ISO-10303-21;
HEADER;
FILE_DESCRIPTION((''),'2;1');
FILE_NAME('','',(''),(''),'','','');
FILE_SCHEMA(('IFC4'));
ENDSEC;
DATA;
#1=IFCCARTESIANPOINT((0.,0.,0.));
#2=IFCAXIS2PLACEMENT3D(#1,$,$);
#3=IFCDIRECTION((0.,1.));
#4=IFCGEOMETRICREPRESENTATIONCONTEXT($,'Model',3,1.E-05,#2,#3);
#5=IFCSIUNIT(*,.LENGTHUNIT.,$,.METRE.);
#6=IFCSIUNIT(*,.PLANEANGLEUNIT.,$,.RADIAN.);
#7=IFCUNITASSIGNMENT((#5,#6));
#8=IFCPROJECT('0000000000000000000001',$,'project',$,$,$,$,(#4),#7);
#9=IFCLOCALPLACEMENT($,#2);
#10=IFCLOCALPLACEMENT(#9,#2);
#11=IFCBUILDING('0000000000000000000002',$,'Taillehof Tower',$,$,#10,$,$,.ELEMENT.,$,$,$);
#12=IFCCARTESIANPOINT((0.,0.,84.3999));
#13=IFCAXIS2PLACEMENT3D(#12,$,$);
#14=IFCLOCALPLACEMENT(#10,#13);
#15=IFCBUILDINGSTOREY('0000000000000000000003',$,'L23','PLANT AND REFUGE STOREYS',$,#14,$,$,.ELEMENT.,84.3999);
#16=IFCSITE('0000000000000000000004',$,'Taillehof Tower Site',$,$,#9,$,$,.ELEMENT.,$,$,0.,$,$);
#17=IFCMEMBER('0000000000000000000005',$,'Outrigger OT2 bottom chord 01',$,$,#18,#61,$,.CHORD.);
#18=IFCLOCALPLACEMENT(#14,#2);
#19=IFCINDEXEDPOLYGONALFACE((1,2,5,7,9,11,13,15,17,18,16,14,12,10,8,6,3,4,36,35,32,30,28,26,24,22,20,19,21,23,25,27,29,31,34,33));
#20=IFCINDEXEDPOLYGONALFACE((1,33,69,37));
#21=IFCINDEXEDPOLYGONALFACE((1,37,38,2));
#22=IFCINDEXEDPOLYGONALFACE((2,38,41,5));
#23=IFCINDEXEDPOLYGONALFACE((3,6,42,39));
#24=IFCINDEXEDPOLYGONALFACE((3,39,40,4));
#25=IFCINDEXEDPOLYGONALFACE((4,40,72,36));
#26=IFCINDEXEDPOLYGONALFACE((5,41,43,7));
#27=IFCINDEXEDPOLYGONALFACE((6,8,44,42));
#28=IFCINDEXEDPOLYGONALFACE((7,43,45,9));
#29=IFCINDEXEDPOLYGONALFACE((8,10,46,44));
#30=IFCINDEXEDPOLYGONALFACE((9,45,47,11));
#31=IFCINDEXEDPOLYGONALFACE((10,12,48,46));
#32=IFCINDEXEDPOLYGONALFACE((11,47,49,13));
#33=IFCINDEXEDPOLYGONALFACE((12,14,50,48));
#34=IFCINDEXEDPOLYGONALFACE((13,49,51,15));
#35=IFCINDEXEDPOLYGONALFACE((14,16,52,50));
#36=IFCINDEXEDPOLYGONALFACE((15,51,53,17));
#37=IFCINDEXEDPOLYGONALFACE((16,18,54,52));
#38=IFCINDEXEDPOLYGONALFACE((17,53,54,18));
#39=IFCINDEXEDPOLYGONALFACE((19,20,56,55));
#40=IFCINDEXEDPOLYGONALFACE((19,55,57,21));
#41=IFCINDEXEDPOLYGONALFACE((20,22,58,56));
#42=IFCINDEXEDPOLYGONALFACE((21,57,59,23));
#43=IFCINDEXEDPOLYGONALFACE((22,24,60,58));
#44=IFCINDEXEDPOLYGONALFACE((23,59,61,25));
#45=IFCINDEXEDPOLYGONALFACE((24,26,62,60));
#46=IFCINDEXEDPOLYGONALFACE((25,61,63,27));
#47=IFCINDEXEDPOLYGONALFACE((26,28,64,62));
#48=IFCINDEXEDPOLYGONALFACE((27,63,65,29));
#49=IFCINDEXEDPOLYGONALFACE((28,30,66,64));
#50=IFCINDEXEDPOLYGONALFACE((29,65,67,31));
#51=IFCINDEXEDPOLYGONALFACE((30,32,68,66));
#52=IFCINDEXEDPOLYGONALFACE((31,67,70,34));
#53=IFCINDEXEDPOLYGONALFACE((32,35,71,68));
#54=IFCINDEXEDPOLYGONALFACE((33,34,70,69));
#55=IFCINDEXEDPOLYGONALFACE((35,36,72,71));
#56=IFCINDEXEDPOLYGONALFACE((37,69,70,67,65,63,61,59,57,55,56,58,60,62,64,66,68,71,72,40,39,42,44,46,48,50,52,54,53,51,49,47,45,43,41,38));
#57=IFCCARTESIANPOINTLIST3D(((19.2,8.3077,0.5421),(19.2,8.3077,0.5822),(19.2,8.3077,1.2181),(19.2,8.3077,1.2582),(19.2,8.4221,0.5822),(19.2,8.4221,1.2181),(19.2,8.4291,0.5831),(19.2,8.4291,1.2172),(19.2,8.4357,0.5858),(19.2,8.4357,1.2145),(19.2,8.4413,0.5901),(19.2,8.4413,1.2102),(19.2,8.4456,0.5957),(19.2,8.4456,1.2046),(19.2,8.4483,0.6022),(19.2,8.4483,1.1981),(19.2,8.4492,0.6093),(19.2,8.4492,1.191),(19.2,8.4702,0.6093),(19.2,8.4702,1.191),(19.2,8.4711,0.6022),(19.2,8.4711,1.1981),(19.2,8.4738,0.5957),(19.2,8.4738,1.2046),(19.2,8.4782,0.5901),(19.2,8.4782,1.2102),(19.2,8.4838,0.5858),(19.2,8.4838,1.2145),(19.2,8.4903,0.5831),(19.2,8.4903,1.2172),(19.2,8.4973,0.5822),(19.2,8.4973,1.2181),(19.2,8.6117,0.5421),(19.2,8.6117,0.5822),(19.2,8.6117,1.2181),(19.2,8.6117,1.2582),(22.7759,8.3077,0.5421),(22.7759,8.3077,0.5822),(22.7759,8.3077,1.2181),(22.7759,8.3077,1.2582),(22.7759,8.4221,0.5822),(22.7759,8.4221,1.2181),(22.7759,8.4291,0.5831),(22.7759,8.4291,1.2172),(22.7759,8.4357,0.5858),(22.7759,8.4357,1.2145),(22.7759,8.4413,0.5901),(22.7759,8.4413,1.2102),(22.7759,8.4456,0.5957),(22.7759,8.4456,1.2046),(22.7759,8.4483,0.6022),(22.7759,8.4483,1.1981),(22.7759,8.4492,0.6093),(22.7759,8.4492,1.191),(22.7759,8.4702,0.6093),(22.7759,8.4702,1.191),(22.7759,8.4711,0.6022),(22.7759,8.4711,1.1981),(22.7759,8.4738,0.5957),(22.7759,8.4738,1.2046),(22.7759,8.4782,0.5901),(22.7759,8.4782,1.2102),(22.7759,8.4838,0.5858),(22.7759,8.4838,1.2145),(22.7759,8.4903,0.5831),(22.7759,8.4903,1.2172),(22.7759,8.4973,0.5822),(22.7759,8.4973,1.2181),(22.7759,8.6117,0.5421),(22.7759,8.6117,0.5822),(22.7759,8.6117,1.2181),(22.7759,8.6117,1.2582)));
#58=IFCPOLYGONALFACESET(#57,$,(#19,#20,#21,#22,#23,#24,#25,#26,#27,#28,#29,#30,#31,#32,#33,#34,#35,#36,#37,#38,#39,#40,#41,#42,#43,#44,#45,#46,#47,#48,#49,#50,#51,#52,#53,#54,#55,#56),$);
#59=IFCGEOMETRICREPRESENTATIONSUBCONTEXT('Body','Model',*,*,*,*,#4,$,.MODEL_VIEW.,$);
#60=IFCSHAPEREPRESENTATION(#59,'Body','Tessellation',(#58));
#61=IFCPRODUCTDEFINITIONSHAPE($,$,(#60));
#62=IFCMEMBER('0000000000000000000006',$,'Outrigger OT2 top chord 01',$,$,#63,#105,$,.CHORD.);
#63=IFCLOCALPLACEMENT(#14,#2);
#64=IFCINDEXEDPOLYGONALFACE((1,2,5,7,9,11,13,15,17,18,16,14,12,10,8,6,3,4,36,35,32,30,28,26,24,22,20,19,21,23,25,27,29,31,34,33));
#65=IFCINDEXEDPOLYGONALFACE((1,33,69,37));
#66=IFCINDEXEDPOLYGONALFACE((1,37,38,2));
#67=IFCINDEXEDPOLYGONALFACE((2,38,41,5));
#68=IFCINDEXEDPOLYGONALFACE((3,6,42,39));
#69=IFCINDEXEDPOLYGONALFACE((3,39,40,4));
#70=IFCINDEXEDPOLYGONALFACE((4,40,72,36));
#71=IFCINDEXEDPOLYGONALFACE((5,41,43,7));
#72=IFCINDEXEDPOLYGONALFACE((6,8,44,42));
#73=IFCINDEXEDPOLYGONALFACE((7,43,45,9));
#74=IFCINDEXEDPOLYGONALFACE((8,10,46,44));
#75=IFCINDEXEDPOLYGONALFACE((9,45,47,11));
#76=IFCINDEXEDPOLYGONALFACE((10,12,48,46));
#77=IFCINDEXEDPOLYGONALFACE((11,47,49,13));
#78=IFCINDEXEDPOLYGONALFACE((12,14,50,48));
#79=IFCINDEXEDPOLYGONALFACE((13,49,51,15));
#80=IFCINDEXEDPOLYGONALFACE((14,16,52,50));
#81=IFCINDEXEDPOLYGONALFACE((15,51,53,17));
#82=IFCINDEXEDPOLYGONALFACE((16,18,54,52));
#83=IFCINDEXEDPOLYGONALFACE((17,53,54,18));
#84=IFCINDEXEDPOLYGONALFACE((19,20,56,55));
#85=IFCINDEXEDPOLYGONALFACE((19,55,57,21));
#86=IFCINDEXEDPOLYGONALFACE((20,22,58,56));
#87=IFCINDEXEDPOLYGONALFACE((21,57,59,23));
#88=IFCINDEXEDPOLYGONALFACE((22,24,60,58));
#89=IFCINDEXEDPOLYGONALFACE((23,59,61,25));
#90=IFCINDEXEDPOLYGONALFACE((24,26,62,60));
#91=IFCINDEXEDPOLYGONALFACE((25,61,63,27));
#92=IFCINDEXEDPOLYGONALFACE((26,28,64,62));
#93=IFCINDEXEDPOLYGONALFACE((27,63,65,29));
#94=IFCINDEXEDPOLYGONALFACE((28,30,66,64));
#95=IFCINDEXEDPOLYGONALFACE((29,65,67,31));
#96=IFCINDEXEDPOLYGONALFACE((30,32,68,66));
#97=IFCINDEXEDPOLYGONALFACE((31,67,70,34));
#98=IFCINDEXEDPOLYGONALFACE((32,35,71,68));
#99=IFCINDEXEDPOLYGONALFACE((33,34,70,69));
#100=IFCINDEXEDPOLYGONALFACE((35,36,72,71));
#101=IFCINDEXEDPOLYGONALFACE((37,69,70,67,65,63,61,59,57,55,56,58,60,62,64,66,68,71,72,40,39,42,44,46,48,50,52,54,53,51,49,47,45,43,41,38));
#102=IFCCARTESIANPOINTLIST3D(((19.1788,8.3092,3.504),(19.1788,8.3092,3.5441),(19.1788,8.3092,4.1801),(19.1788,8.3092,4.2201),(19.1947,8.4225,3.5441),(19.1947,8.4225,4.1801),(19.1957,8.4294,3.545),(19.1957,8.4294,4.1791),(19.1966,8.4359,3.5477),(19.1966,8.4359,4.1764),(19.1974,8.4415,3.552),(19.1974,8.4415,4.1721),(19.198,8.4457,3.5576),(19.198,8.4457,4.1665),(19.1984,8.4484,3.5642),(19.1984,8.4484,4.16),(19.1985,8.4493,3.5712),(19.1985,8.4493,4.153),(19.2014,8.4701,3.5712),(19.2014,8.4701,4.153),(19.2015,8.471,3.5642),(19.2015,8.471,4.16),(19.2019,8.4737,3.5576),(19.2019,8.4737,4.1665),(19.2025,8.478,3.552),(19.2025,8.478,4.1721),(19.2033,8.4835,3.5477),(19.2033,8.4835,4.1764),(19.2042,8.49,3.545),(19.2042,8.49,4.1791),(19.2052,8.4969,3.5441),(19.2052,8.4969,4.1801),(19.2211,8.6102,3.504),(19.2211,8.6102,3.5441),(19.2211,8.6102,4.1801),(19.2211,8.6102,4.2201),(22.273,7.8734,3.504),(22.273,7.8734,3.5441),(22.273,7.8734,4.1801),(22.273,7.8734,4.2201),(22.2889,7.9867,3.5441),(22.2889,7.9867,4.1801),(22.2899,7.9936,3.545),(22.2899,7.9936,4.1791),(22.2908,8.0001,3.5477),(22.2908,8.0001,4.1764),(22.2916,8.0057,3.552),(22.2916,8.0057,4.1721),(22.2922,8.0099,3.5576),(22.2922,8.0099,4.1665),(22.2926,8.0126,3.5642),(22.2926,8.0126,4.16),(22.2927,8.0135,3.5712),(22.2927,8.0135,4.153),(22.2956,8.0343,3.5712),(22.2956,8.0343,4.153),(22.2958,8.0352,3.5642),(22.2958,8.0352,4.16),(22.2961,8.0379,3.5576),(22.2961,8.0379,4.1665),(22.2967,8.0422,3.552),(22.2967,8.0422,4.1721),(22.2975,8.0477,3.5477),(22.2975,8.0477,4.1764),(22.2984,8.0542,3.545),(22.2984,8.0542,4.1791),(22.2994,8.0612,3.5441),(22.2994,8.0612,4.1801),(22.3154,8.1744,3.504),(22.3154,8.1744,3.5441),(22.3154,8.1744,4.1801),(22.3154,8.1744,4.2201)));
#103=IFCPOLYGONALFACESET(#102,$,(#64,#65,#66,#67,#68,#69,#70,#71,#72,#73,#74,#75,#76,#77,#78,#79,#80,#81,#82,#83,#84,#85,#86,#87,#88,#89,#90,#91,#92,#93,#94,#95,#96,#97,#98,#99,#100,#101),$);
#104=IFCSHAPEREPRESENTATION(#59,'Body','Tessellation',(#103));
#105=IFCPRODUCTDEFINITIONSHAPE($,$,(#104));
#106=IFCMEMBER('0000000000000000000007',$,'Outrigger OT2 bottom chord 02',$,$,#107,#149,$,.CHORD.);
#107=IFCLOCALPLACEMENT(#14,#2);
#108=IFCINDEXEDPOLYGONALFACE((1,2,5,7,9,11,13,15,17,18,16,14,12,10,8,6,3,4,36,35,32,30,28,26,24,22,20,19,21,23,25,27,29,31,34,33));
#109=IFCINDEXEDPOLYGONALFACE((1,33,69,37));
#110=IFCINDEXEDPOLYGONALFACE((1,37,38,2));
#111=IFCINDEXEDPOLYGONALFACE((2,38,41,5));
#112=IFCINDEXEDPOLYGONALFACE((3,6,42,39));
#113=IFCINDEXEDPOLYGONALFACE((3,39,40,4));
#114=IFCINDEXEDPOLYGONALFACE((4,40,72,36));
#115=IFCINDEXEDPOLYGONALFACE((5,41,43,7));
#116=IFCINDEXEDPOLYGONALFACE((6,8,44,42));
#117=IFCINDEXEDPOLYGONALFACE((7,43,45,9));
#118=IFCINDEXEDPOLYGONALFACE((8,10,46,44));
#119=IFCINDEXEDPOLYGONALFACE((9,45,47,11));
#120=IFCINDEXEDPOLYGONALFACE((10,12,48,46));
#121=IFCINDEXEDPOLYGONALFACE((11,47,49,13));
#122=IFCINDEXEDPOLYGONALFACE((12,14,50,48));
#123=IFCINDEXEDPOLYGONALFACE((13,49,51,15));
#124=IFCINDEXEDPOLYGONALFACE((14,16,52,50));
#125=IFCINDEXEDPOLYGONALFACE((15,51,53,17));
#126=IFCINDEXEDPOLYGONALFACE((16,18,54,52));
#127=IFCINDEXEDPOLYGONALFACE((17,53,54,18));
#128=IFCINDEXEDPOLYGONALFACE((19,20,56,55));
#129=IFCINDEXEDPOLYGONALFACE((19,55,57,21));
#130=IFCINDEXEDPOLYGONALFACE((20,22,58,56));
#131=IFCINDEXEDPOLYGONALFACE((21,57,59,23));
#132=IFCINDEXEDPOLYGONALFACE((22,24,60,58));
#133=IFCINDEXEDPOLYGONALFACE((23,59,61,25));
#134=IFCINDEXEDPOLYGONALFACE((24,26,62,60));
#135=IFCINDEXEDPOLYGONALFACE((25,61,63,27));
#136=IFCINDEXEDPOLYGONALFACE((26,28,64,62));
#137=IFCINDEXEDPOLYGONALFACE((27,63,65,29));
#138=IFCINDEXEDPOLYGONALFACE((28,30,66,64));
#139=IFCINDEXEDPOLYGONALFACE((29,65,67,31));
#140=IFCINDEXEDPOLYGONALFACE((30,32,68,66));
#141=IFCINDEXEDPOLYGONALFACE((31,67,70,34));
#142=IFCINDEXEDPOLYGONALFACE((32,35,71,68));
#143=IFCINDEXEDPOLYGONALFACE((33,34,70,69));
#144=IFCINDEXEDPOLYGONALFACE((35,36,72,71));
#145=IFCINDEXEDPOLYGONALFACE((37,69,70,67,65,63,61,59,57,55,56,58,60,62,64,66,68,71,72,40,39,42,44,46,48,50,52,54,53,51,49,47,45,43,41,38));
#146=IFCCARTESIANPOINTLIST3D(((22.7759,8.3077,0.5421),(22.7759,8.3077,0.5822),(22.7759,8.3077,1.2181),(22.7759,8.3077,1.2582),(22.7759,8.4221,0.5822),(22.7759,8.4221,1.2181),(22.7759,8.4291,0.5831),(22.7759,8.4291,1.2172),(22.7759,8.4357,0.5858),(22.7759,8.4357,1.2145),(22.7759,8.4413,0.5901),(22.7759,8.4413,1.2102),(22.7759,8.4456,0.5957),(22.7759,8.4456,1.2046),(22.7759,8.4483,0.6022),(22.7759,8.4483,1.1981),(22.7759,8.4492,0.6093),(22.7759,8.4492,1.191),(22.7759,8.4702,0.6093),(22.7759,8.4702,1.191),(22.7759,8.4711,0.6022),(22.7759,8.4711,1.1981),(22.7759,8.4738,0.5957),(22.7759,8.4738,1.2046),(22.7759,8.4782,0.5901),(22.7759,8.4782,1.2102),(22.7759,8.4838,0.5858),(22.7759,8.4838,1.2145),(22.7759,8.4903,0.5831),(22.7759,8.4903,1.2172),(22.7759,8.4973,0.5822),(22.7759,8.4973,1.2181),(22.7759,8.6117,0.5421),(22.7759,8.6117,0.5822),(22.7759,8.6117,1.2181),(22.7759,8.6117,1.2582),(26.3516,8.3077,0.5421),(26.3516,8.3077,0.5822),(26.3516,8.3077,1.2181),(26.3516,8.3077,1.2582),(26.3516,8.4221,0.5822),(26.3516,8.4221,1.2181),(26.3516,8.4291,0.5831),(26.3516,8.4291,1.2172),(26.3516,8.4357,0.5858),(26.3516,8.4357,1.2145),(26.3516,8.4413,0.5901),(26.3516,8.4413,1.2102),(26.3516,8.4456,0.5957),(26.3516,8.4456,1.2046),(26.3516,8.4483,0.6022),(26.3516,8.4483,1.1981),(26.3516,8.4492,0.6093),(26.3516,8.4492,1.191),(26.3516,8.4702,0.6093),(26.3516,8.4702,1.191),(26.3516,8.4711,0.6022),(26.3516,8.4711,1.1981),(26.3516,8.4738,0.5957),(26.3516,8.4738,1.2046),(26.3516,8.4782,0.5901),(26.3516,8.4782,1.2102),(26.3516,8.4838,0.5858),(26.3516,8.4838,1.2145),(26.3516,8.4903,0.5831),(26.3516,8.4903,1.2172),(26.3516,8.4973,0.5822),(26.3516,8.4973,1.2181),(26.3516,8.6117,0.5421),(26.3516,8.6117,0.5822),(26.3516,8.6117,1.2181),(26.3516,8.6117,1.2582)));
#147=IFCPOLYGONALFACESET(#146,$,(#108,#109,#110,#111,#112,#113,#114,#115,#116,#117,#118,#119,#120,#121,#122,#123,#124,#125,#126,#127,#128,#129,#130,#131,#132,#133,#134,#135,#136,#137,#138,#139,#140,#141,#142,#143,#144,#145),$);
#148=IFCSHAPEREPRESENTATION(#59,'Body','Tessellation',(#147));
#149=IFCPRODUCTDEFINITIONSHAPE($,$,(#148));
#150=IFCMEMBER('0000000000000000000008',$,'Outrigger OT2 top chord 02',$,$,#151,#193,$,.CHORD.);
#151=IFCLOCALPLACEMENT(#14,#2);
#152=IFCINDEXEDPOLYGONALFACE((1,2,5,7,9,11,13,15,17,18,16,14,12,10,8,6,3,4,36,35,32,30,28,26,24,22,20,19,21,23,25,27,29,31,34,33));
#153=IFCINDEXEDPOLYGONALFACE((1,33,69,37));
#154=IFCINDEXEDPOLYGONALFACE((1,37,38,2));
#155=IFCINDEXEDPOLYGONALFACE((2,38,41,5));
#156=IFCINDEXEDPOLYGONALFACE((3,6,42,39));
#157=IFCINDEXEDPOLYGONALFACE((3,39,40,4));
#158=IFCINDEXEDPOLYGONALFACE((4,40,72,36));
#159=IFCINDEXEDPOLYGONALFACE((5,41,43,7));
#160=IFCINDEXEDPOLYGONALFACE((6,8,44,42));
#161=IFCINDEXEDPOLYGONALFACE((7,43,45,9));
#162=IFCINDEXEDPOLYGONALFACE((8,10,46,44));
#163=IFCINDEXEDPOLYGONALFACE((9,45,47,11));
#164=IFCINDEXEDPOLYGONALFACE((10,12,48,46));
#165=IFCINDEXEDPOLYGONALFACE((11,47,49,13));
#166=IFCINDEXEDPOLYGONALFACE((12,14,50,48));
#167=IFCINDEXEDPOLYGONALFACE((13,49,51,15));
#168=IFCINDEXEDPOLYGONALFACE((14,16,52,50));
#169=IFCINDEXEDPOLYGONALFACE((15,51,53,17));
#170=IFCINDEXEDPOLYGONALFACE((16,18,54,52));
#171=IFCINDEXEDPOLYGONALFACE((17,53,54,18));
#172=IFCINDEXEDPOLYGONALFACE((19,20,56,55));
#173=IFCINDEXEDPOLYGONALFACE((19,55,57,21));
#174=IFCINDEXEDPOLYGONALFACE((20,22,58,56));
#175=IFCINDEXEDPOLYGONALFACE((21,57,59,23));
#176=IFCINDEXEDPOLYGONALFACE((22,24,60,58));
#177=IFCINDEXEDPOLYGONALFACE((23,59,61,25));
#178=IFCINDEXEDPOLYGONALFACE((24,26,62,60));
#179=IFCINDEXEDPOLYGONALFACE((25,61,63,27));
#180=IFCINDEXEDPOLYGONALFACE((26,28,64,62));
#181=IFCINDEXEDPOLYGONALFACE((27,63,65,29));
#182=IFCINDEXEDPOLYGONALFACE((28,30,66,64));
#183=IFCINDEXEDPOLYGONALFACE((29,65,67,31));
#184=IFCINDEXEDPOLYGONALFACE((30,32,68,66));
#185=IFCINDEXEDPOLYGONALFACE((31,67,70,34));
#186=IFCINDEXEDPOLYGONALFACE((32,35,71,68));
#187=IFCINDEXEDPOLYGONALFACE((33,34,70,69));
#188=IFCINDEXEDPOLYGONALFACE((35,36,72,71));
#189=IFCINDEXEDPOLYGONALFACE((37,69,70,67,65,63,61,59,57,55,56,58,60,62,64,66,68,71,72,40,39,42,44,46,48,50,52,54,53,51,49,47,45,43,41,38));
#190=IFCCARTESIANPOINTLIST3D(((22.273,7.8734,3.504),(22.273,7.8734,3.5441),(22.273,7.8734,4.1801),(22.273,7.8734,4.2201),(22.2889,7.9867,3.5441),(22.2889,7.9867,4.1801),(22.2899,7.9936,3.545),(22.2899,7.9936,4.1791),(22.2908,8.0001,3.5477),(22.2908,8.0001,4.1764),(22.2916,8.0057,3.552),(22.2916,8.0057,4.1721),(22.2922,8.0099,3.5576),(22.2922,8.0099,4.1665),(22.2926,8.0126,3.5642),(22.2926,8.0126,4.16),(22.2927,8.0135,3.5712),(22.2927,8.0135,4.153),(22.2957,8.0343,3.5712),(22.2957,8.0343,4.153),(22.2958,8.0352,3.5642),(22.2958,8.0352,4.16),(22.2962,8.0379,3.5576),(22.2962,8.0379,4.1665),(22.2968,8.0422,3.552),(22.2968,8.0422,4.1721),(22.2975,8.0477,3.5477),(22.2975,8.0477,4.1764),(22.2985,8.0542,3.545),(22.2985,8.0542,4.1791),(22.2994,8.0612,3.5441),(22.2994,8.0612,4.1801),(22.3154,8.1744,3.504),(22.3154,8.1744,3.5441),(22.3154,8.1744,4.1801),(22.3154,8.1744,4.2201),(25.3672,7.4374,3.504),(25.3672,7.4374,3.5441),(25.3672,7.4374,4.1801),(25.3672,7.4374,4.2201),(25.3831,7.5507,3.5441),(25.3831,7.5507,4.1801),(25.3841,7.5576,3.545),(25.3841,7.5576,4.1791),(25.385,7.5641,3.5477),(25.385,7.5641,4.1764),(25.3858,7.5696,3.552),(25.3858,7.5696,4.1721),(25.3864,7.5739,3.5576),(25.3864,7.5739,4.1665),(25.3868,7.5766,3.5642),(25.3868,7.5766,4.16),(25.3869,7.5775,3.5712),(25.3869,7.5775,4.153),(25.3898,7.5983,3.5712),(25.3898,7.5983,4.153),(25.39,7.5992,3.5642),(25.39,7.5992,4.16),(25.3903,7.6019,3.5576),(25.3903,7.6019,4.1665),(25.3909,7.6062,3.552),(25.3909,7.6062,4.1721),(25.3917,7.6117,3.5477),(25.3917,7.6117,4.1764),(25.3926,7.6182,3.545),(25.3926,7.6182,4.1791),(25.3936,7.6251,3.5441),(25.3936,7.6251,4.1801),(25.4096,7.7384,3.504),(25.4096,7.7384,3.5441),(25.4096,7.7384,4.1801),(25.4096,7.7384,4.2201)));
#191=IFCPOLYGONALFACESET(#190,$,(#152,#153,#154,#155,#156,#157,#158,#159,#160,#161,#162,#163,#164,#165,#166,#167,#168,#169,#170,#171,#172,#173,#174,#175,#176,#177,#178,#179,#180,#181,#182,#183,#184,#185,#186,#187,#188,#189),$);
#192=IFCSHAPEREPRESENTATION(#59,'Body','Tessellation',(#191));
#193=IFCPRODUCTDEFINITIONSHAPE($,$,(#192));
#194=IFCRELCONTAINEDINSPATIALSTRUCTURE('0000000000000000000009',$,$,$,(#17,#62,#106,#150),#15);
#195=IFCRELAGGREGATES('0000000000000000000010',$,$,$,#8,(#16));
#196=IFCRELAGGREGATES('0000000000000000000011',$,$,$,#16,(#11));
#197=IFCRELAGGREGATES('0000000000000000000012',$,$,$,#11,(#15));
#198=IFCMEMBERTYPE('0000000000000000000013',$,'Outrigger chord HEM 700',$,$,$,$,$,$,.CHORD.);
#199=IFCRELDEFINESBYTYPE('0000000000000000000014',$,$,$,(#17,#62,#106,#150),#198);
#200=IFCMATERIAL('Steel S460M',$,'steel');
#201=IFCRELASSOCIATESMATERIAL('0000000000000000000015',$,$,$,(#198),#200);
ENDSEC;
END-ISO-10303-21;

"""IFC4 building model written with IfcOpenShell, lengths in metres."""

from ifc_helpers import new_model, si_unit, direction, frame, origin, origin_2d, place, context, subcontext, project, spatial, i_section, extrude, material, material_profile, profile_set, type_object, element, save


model = new_model("IFC4")

# Units and contexts
model_context = context("Model", 3, precision=1e-05, world=origin(), true_north=direction((0.0, 1.0)))
body_context = subcontext(model_context, "Body", "Model", "MODEL_VIEW")
ifc_project = project(units=[si_unit("LENGTHUNIT", "METRE"), si_unit("PLANEANGLEUNIT", "RADIAN")], contexts=[model_context])

# Site, building, storey
site_placement = place(None, origin())
site = spatial("IfcSite", under=ifc_project, at=site_placement, Name="Taillehof Tower Site", CompositionType="ELEMENT", RefElevation=0.0)
building_placement = place(site_placement, origin())
building = spatial("IfcBuilding", under=site, at=building_placement, Name="Taillehof Tower", CompositionType="ELEMENT")
storey_placement = place(building_placement, frame((0.0, 0.0, 84.3999)))
storey = spatial("IfcBuildingStorey", under=building, at=storey_placement, Name="L23", Description="PLANT AND REFUGE STOREYS", CompositionType="ELEMENT", Elevation=84.3999)

# Members
ifc_material_1 = material(Name="Steel S460M", Category="steel")
ifc_material_profile_1 = material_profile(ifc_material_1, i_section(OverallWidth=0.304, OverallDepth=0.7161, WebThickness=0.021, FlangeThickness=0.04, FilletRadius=0.0271, at=origin_2d()), Name="HEM 700")
ifc_profile_set_1 = profile_set([ifc_material_profile_1], Name="Steel S460M")
member_type_1 = type_object("IfcMemberType", Name="Outrigger chord HEM 700", PredefinedType="CHORD", material=ifc_profile_set_1)
member_1_placement = place(storey_placement, frame((19.2, 8.4597, 0.9001), z_axis=(1.0, 0.0, 0.0), x_axis=(0.0, 1.0, 0.0)))
element("IfcMember", 1, at=member_1_placement, inside=storey, type_object=member_type_1, Name="Outrigger OT2 bottom chord 01", PredefinedType="CHORD", context=body_context, shape_type="SweptSolid", body=[
    extrude(i_section(OverallWidth=0.304, OverallDepth=0.7161, WebThickness=0.021, FlangeThickness=0.04, FilletRadius=0.0271, at=origin_2d()), origin(), (0.0, 0.0, 1.0), 3.5759),
])
member_2_placement = place(storey_placement, frame((19.2, 8.4597, 3.8621), z_axis=(0.990227, -0.139463, 0.0), x_axis=(0.139463, 0.990227, 0.0)))
element("IfcMember", 2, at=member_2_placement, inside=storey, type_object=member_type_1, Name="Outrigger OT2 top chord 01", PredefinedType="CHORD", context=body_context, shape_type="SweptSolid", body=[
    extrude(i_section(OverallWidth=0.304, OverallDepth=0.7161, WebThickness=0.021, FlangeThickness=0.04, FilletRadius=0.0271, at=origin_2d()), origin(), (0.0, 0.0, 1.0), 3.1248),
])
member_3_placement = place(storey_placement, frame((22.7759, 8.4597, 0.9001), z_axis=(1.0, 0.0, 0.0), x_axis=(0.0, 1.0, 0.0)))
element("IfcMember", 3, at=member_3_placement, inside=storey, type_object=member_type_1, Name="Outrigger OT2 bottom chord 02", PredefinedType="CHORD", context=body_context, shape_type="SweptSolid", body=[
    extrude(i_section(OverallWidth=0.304, OverallDepth=0.7161, WebThickness=0.021, FlangeThickness=0.04, FilletRadius=0.0271, at=origin_2d()), origin(), (0.0, 0.0, 1.0), 3.5757),
])
member_4_placement = place(storey_placement, frame((22.2942, 8.0239, 3.8621), z_axis=(0.990216, -0.13954, 0.0), x_axis=(0.13954, 0.990216, 0.0)))
element("IfcMember", 4, at=member_4_placement, inside=storey, type_object=member_type_1, Name="Outrigger OT2 top chord 02", PredefinedType="CHORD", context=body_context, shape_type="SweptSolid", body=[
    extrude(i_section(OverallWidth=0.304, OverallDepth=0.7161, WebThickness=0.021, FlangeThickness=0.04, FilletRadius=0.0271, at=origin_2d()), origin(), (0.0, 0.0, 1.0), 3.1248),
])

save(model, "model.ifc")
